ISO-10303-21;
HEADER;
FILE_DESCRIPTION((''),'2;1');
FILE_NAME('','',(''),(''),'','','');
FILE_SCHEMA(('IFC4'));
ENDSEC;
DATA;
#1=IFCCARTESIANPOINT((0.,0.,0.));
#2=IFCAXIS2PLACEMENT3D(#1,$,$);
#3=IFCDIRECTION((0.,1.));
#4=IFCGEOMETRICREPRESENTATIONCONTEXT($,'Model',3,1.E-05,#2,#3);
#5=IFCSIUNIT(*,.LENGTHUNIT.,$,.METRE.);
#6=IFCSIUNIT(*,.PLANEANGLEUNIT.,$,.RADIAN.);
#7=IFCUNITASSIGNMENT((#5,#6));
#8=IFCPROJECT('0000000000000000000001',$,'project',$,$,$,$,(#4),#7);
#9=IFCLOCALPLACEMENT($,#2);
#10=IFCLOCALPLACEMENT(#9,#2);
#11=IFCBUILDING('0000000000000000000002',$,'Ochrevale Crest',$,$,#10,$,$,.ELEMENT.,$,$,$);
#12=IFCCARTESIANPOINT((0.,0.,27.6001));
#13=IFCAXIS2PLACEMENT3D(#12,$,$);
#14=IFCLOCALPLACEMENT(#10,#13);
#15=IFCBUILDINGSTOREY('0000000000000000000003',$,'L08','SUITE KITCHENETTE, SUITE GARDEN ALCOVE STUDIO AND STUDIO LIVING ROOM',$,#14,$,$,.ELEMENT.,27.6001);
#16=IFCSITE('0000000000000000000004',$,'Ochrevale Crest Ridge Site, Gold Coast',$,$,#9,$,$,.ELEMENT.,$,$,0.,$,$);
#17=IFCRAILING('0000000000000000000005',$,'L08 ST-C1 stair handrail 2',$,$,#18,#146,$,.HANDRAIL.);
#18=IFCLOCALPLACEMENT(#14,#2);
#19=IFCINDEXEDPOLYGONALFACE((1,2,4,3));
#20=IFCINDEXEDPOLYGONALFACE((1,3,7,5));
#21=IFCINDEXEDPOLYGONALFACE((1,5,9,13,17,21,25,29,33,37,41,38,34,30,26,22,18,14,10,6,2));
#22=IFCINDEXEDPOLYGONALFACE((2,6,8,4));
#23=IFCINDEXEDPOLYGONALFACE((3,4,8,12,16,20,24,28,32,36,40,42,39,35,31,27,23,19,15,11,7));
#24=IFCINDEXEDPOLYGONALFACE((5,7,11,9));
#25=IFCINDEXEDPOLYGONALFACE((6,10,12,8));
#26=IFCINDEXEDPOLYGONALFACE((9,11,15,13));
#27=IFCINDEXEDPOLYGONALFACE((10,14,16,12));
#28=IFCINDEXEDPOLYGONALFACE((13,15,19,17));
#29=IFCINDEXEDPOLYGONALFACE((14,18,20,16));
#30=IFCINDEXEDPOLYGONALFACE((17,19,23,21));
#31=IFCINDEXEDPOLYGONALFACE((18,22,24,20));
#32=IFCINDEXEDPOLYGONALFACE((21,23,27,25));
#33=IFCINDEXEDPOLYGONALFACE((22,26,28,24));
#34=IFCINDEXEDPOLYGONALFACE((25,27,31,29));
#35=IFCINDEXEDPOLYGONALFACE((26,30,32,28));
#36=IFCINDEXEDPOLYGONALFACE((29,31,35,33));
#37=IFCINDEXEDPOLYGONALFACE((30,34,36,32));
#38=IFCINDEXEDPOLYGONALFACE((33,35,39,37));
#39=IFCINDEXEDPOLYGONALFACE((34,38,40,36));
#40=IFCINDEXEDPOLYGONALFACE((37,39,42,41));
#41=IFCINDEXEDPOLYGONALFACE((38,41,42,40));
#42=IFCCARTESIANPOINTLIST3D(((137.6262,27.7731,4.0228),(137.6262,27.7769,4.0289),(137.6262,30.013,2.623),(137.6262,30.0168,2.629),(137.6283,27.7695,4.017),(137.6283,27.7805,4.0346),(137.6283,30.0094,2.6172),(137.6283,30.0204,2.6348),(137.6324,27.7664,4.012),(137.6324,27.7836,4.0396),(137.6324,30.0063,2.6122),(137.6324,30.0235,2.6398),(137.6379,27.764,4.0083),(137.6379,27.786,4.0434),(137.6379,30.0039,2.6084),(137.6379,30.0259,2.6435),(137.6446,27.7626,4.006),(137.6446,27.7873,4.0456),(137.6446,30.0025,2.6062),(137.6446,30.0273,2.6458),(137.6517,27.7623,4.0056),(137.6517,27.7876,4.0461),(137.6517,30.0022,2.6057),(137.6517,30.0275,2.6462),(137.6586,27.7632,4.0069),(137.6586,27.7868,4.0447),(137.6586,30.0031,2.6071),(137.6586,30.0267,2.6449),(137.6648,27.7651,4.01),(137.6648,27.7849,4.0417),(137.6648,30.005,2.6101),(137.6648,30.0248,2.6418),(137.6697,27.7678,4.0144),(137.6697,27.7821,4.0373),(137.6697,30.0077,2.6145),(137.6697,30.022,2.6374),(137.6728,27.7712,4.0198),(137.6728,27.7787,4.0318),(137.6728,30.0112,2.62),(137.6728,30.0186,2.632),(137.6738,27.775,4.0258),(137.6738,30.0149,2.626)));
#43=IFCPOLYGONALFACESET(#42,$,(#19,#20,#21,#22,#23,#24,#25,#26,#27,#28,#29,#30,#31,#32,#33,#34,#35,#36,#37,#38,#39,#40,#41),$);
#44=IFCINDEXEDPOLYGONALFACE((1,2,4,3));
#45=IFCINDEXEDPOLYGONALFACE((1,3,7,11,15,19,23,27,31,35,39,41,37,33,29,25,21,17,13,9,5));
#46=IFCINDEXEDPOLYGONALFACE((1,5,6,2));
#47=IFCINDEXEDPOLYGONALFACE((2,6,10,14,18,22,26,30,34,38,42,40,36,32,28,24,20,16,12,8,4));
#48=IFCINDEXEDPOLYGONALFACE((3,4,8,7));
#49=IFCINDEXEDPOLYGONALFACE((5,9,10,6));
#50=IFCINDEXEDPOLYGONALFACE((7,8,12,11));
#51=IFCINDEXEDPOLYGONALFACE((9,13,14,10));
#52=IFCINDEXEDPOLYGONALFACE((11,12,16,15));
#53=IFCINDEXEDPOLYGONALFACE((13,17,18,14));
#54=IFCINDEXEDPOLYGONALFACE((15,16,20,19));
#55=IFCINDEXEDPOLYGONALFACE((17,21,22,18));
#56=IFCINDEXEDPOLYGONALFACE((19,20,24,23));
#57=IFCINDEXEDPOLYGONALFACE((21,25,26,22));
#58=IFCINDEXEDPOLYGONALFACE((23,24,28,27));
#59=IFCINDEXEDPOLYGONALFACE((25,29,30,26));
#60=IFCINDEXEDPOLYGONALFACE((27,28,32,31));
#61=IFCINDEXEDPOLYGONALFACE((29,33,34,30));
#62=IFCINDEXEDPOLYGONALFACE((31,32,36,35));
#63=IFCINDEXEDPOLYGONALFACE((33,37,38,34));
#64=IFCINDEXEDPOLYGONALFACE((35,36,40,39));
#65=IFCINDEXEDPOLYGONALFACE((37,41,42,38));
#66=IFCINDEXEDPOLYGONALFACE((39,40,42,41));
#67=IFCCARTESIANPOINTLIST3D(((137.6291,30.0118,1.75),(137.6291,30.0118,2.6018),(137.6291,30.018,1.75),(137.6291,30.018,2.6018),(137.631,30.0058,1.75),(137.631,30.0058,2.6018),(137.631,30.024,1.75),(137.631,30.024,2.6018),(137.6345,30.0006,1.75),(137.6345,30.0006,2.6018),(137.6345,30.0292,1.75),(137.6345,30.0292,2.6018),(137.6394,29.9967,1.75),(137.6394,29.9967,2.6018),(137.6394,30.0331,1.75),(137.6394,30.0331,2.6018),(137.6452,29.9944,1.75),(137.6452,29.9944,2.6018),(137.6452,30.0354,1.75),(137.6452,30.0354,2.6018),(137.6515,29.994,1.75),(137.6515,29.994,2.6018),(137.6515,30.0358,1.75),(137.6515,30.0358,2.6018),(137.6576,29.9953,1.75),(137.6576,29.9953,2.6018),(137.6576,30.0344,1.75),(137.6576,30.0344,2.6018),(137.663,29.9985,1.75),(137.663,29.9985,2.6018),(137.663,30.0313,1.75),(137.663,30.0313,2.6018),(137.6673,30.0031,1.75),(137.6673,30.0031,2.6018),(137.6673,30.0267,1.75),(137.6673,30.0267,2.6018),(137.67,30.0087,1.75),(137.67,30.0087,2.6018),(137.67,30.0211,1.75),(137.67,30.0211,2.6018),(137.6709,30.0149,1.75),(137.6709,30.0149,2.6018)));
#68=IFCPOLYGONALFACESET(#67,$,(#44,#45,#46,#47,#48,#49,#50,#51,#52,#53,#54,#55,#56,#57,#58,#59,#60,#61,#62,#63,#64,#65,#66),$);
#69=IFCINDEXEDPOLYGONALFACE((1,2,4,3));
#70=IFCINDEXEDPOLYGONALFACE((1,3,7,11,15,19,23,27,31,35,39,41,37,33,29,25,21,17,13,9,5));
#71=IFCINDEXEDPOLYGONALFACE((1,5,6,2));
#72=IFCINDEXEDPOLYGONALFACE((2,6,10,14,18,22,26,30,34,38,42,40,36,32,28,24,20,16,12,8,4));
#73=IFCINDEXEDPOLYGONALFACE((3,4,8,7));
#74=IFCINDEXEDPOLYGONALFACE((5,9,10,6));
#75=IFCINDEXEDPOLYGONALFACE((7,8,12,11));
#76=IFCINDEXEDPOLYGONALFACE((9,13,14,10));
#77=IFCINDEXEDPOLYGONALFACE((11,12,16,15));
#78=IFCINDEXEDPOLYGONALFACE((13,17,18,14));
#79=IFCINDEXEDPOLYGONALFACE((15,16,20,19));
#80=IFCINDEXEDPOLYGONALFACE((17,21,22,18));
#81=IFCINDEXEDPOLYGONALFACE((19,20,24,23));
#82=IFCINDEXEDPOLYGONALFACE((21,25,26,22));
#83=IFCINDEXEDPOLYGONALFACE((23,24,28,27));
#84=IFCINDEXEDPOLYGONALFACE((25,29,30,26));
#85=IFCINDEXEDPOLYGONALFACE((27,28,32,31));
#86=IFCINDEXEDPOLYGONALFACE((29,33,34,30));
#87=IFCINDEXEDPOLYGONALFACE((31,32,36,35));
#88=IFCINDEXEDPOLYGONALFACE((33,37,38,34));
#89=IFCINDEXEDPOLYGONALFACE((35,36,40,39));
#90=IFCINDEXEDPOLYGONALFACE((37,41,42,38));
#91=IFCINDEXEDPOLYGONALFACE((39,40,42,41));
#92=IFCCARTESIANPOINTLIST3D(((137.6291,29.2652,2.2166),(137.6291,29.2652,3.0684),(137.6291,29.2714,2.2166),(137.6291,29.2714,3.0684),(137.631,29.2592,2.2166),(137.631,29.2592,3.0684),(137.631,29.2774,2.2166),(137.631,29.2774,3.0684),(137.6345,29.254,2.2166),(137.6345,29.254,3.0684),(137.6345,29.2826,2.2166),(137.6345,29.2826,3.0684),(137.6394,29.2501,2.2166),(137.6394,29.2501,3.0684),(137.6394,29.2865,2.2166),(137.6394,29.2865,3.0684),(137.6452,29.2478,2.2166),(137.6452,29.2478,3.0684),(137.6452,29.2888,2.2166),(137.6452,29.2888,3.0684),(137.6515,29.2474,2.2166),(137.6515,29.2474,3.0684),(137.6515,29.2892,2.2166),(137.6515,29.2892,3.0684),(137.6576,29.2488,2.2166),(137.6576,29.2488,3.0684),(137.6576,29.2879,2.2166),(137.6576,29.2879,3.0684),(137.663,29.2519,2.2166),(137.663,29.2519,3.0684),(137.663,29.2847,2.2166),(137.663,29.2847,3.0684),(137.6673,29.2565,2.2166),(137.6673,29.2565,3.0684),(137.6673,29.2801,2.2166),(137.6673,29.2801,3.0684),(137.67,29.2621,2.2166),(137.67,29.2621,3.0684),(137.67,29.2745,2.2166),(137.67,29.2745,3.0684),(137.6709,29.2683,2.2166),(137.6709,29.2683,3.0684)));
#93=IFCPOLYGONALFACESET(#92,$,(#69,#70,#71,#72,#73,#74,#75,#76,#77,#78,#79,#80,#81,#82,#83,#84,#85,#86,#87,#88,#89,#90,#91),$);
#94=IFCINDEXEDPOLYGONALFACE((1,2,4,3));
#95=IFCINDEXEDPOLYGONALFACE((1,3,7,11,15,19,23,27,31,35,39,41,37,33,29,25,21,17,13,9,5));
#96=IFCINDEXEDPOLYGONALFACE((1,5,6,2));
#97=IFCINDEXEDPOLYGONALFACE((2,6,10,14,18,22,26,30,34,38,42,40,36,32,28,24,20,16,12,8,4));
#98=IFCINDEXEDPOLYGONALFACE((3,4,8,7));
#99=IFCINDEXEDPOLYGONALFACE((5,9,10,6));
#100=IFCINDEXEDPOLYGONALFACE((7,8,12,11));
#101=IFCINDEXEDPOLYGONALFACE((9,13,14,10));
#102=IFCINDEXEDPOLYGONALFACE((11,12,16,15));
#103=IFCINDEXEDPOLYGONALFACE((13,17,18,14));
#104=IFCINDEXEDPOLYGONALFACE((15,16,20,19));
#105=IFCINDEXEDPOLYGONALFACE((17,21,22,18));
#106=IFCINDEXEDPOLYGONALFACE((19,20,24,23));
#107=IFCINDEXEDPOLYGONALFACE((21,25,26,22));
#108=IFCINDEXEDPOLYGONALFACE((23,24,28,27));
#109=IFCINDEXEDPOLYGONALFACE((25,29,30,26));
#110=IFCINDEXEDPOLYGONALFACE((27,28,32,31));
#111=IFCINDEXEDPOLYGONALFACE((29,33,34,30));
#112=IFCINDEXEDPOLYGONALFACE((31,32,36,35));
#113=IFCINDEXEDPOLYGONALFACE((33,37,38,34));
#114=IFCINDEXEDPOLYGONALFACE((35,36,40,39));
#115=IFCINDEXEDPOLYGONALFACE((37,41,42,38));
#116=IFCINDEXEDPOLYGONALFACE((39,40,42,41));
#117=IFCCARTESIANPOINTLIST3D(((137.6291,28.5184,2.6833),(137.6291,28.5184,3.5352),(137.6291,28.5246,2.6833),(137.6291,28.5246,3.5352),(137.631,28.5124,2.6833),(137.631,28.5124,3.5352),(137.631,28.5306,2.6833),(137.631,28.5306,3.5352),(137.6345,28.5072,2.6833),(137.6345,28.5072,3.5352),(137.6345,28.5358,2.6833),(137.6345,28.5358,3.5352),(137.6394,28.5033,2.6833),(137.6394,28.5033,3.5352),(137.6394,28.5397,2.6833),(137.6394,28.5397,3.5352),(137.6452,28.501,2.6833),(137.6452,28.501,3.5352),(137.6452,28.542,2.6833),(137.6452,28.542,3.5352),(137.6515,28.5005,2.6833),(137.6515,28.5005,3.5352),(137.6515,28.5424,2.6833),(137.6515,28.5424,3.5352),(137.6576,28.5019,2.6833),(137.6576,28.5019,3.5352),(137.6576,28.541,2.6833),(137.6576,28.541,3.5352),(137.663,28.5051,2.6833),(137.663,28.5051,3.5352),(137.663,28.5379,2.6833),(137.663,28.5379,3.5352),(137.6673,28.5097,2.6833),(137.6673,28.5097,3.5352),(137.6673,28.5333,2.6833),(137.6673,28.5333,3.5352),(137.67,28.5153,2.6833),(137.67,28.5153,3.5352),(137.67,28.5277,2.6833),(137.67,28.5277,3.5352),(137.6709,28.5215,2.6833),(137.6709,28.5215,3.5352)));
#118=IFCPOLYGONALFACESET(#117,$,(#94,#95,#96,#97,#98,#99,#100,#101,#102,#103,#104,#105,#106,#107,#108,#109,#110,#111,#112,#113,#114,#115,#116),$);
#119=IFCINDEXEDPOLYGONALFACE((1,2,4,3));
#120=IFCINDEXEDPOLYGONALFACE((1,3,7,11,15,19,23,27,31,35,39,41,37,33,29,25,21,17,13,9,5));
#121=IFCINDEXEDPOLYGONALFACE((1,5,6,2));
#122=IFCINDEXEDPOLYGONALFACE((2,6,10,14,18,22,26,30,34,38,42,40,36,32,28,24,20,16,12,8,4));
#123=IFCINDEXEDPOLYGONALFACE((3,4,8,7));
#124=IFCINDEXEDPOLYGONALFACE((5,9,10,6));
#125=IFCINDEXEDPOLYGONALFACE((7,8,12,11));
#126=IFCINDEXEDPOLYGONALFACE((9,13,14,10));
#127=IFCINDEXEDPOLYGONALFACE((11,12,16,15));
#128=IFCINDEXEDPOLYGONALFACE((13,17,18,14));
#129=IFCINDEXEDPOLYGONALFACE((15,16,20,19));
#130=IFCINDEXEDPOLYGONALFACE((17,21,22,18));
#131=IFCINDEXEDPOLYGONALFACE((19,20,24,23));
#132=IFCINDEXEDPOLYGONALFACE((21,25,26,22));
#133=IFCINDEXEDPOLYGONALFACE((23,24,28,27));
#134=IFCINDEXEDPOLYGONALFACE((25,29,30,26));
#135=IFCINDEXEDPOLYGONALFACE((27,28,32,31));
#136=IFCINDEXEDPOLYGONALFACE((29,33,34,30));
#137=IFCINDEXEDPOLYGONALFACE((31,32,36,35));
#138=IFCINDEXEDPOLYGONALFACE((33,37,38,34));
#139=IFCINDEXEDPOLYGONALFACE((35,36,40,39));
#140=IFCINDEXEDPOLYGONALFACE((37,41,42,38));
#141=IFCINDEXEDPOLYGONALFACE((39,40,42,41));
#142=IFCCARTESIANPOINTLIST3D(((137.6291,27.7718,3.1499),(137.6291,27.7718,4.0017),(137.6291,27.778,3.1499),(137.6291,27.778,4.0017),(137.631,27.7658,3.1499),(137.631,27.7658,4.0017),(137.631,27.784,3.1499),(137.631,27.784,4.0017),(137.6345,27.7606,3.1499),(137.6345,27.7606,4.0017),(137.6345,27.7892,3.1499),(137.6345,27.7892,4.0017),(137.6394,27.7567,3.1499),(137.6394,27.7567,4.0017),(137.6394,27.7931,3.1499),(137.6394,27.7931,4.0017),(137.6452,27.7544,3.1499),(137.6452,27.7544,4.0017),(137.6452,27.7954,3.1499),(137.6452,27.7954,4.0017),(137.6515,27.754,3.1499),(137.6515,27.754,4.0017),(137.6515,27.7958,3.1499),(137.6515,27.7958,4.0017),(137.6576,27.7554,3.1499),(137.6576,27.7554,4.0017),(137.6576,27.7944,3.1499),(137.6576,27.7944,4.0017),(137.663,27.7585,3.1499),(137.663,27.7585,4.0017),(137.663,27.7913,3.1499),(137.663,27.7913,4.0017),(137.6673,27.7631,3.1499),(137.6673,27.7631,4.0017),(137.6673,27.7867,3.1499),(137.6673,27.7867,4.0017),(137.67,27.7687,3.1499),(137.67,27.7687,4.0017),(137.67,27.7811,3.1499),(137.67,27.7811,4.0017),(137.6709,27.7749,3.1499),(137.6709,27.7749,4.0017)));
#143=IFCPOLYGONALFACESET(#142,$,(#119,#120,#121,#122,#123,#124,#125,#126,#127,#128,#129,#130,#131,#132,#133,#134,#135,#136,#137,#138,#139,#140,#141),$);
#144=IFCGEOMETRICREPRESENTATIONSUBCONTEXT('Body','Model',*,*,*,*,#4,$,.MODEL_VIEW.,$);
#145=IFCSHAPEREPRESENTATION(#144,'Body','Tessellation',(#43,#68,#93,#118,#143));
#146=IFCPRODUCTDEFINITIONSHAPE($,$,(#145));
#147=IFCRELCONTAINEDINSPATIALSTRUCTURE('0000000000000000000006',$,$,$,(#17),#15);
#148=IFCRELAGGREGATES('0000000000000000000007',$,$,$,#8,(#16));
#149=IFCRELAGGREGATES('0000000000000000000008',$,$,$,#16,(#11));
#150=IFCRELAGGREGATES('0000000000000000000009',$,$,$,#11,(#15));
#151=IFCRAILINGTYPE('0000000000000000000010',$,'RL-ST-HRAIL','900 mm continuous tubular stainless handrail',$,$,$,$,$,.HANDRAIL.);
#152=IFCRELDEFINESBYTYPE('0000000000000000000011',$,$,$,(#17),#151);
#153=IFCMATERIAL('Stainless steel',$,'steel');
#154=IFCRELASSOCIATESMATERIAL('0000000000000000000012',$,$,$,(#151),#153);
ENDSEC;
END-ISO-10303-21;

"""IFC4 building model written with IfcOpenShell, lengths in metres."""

from ifc_helpers import new_model, si_unit, direction, frame, origin, origin_2d, place, context, subcontext, project, spatial, circle, extrude, material, type_object, element, save


model = new_model("IFC4")

# Units and contexts
model_context = context("Model", 3, precision=1e-05, world=origin(), true_north=direction((0.0, 1.0)))
body_context = subcontext(model_context, "Body", "Model", "MODEL_VIEW")
ifc_project = project(units=[si_unit("LENGTHUNIT", "METRE"), si_unit("PLANEANGLEUNIT", "RADIAN")], contexts=[model_context])

# Site, building, storey
site_placement = place(None, origin())
site = spatial("IfcSite", under=ifc_project, at=site_placement, Name="Ochrevale Crest Ridge Site, Gold Coast", CompositionType="ELEMENT", RefElevation=0.0)
building_placement = place(site_placement, origin())
building = spatial("IfcBuilding", under=site, at=building_placement, Name="Ochrevale Crest", CompositionType="ELEMENT")
storey_placement = place(building_placement, frame((0.0, 0.0, 27.6001)))
storey = spatial("IfcBuildingStorey", under=building, at=storey_placement, Name="L08", Description="SUITE KITCHENETTE, SUITE GARDEN ALCOVE STUDIO AND STUDIO LIVING ROOM", CompositionType="ELEMENT", Elevation=27.6001)

# Railing
ifc_material_1 = material(Name="Stainless steel", Category="steel")
railing_type_1 = type_object("IfcRailingType", Name="RL-ST-HRAIL", Description="900 mm continuous tubular stainless handrail", PredefinedType="HANDRAIL", material=ifc_material_1)
railing_1_placement = place(storey_placement, frame((137.6499, 30.0149, 1.75)))
element("IfcRailing", 1, at=railing_1_placement, inside=storey, type_object=railing_type_1, Name="L08 ST-C1 stair handrail 2", PredefinedType="HANDRAIL", context=body_context, shape_type="SweptSolid", body=[
    extrude(circle(Radius=0.0239, at=origin_2d()), frame((0.0, 0.0, 0.876), z_axis=(0.0, -0.848014, 0.529974), x_axis=(1.0, 0.0, 0.0)), (0.0, 0.0, 1.0), 2.6414),
    extrude(circle(Radius=0.021, at=origin_2d()), origin(), (0.0, 0.0, 1.0), 0.8518),
    extrude(circle(Radius=0.021, at=origin_2d()), frame((0.0, -0.7466, 0.4666)), (0.0, 0.0, 1.0), 0.8518),
    extrude(circle(Radius=0.021, at=origin_2d()), frame((0.0, -1.4934, 0.9333)), (0.0, 0.0, 1.0), 0.8518),
    extrude(circle(Radius=0.021, at=origin_2d()), frame((0.0, -2.24, 1.3999)), (0.0, 0.0, 1.0), 0.8518),
])

save(model, "model.ifc")
